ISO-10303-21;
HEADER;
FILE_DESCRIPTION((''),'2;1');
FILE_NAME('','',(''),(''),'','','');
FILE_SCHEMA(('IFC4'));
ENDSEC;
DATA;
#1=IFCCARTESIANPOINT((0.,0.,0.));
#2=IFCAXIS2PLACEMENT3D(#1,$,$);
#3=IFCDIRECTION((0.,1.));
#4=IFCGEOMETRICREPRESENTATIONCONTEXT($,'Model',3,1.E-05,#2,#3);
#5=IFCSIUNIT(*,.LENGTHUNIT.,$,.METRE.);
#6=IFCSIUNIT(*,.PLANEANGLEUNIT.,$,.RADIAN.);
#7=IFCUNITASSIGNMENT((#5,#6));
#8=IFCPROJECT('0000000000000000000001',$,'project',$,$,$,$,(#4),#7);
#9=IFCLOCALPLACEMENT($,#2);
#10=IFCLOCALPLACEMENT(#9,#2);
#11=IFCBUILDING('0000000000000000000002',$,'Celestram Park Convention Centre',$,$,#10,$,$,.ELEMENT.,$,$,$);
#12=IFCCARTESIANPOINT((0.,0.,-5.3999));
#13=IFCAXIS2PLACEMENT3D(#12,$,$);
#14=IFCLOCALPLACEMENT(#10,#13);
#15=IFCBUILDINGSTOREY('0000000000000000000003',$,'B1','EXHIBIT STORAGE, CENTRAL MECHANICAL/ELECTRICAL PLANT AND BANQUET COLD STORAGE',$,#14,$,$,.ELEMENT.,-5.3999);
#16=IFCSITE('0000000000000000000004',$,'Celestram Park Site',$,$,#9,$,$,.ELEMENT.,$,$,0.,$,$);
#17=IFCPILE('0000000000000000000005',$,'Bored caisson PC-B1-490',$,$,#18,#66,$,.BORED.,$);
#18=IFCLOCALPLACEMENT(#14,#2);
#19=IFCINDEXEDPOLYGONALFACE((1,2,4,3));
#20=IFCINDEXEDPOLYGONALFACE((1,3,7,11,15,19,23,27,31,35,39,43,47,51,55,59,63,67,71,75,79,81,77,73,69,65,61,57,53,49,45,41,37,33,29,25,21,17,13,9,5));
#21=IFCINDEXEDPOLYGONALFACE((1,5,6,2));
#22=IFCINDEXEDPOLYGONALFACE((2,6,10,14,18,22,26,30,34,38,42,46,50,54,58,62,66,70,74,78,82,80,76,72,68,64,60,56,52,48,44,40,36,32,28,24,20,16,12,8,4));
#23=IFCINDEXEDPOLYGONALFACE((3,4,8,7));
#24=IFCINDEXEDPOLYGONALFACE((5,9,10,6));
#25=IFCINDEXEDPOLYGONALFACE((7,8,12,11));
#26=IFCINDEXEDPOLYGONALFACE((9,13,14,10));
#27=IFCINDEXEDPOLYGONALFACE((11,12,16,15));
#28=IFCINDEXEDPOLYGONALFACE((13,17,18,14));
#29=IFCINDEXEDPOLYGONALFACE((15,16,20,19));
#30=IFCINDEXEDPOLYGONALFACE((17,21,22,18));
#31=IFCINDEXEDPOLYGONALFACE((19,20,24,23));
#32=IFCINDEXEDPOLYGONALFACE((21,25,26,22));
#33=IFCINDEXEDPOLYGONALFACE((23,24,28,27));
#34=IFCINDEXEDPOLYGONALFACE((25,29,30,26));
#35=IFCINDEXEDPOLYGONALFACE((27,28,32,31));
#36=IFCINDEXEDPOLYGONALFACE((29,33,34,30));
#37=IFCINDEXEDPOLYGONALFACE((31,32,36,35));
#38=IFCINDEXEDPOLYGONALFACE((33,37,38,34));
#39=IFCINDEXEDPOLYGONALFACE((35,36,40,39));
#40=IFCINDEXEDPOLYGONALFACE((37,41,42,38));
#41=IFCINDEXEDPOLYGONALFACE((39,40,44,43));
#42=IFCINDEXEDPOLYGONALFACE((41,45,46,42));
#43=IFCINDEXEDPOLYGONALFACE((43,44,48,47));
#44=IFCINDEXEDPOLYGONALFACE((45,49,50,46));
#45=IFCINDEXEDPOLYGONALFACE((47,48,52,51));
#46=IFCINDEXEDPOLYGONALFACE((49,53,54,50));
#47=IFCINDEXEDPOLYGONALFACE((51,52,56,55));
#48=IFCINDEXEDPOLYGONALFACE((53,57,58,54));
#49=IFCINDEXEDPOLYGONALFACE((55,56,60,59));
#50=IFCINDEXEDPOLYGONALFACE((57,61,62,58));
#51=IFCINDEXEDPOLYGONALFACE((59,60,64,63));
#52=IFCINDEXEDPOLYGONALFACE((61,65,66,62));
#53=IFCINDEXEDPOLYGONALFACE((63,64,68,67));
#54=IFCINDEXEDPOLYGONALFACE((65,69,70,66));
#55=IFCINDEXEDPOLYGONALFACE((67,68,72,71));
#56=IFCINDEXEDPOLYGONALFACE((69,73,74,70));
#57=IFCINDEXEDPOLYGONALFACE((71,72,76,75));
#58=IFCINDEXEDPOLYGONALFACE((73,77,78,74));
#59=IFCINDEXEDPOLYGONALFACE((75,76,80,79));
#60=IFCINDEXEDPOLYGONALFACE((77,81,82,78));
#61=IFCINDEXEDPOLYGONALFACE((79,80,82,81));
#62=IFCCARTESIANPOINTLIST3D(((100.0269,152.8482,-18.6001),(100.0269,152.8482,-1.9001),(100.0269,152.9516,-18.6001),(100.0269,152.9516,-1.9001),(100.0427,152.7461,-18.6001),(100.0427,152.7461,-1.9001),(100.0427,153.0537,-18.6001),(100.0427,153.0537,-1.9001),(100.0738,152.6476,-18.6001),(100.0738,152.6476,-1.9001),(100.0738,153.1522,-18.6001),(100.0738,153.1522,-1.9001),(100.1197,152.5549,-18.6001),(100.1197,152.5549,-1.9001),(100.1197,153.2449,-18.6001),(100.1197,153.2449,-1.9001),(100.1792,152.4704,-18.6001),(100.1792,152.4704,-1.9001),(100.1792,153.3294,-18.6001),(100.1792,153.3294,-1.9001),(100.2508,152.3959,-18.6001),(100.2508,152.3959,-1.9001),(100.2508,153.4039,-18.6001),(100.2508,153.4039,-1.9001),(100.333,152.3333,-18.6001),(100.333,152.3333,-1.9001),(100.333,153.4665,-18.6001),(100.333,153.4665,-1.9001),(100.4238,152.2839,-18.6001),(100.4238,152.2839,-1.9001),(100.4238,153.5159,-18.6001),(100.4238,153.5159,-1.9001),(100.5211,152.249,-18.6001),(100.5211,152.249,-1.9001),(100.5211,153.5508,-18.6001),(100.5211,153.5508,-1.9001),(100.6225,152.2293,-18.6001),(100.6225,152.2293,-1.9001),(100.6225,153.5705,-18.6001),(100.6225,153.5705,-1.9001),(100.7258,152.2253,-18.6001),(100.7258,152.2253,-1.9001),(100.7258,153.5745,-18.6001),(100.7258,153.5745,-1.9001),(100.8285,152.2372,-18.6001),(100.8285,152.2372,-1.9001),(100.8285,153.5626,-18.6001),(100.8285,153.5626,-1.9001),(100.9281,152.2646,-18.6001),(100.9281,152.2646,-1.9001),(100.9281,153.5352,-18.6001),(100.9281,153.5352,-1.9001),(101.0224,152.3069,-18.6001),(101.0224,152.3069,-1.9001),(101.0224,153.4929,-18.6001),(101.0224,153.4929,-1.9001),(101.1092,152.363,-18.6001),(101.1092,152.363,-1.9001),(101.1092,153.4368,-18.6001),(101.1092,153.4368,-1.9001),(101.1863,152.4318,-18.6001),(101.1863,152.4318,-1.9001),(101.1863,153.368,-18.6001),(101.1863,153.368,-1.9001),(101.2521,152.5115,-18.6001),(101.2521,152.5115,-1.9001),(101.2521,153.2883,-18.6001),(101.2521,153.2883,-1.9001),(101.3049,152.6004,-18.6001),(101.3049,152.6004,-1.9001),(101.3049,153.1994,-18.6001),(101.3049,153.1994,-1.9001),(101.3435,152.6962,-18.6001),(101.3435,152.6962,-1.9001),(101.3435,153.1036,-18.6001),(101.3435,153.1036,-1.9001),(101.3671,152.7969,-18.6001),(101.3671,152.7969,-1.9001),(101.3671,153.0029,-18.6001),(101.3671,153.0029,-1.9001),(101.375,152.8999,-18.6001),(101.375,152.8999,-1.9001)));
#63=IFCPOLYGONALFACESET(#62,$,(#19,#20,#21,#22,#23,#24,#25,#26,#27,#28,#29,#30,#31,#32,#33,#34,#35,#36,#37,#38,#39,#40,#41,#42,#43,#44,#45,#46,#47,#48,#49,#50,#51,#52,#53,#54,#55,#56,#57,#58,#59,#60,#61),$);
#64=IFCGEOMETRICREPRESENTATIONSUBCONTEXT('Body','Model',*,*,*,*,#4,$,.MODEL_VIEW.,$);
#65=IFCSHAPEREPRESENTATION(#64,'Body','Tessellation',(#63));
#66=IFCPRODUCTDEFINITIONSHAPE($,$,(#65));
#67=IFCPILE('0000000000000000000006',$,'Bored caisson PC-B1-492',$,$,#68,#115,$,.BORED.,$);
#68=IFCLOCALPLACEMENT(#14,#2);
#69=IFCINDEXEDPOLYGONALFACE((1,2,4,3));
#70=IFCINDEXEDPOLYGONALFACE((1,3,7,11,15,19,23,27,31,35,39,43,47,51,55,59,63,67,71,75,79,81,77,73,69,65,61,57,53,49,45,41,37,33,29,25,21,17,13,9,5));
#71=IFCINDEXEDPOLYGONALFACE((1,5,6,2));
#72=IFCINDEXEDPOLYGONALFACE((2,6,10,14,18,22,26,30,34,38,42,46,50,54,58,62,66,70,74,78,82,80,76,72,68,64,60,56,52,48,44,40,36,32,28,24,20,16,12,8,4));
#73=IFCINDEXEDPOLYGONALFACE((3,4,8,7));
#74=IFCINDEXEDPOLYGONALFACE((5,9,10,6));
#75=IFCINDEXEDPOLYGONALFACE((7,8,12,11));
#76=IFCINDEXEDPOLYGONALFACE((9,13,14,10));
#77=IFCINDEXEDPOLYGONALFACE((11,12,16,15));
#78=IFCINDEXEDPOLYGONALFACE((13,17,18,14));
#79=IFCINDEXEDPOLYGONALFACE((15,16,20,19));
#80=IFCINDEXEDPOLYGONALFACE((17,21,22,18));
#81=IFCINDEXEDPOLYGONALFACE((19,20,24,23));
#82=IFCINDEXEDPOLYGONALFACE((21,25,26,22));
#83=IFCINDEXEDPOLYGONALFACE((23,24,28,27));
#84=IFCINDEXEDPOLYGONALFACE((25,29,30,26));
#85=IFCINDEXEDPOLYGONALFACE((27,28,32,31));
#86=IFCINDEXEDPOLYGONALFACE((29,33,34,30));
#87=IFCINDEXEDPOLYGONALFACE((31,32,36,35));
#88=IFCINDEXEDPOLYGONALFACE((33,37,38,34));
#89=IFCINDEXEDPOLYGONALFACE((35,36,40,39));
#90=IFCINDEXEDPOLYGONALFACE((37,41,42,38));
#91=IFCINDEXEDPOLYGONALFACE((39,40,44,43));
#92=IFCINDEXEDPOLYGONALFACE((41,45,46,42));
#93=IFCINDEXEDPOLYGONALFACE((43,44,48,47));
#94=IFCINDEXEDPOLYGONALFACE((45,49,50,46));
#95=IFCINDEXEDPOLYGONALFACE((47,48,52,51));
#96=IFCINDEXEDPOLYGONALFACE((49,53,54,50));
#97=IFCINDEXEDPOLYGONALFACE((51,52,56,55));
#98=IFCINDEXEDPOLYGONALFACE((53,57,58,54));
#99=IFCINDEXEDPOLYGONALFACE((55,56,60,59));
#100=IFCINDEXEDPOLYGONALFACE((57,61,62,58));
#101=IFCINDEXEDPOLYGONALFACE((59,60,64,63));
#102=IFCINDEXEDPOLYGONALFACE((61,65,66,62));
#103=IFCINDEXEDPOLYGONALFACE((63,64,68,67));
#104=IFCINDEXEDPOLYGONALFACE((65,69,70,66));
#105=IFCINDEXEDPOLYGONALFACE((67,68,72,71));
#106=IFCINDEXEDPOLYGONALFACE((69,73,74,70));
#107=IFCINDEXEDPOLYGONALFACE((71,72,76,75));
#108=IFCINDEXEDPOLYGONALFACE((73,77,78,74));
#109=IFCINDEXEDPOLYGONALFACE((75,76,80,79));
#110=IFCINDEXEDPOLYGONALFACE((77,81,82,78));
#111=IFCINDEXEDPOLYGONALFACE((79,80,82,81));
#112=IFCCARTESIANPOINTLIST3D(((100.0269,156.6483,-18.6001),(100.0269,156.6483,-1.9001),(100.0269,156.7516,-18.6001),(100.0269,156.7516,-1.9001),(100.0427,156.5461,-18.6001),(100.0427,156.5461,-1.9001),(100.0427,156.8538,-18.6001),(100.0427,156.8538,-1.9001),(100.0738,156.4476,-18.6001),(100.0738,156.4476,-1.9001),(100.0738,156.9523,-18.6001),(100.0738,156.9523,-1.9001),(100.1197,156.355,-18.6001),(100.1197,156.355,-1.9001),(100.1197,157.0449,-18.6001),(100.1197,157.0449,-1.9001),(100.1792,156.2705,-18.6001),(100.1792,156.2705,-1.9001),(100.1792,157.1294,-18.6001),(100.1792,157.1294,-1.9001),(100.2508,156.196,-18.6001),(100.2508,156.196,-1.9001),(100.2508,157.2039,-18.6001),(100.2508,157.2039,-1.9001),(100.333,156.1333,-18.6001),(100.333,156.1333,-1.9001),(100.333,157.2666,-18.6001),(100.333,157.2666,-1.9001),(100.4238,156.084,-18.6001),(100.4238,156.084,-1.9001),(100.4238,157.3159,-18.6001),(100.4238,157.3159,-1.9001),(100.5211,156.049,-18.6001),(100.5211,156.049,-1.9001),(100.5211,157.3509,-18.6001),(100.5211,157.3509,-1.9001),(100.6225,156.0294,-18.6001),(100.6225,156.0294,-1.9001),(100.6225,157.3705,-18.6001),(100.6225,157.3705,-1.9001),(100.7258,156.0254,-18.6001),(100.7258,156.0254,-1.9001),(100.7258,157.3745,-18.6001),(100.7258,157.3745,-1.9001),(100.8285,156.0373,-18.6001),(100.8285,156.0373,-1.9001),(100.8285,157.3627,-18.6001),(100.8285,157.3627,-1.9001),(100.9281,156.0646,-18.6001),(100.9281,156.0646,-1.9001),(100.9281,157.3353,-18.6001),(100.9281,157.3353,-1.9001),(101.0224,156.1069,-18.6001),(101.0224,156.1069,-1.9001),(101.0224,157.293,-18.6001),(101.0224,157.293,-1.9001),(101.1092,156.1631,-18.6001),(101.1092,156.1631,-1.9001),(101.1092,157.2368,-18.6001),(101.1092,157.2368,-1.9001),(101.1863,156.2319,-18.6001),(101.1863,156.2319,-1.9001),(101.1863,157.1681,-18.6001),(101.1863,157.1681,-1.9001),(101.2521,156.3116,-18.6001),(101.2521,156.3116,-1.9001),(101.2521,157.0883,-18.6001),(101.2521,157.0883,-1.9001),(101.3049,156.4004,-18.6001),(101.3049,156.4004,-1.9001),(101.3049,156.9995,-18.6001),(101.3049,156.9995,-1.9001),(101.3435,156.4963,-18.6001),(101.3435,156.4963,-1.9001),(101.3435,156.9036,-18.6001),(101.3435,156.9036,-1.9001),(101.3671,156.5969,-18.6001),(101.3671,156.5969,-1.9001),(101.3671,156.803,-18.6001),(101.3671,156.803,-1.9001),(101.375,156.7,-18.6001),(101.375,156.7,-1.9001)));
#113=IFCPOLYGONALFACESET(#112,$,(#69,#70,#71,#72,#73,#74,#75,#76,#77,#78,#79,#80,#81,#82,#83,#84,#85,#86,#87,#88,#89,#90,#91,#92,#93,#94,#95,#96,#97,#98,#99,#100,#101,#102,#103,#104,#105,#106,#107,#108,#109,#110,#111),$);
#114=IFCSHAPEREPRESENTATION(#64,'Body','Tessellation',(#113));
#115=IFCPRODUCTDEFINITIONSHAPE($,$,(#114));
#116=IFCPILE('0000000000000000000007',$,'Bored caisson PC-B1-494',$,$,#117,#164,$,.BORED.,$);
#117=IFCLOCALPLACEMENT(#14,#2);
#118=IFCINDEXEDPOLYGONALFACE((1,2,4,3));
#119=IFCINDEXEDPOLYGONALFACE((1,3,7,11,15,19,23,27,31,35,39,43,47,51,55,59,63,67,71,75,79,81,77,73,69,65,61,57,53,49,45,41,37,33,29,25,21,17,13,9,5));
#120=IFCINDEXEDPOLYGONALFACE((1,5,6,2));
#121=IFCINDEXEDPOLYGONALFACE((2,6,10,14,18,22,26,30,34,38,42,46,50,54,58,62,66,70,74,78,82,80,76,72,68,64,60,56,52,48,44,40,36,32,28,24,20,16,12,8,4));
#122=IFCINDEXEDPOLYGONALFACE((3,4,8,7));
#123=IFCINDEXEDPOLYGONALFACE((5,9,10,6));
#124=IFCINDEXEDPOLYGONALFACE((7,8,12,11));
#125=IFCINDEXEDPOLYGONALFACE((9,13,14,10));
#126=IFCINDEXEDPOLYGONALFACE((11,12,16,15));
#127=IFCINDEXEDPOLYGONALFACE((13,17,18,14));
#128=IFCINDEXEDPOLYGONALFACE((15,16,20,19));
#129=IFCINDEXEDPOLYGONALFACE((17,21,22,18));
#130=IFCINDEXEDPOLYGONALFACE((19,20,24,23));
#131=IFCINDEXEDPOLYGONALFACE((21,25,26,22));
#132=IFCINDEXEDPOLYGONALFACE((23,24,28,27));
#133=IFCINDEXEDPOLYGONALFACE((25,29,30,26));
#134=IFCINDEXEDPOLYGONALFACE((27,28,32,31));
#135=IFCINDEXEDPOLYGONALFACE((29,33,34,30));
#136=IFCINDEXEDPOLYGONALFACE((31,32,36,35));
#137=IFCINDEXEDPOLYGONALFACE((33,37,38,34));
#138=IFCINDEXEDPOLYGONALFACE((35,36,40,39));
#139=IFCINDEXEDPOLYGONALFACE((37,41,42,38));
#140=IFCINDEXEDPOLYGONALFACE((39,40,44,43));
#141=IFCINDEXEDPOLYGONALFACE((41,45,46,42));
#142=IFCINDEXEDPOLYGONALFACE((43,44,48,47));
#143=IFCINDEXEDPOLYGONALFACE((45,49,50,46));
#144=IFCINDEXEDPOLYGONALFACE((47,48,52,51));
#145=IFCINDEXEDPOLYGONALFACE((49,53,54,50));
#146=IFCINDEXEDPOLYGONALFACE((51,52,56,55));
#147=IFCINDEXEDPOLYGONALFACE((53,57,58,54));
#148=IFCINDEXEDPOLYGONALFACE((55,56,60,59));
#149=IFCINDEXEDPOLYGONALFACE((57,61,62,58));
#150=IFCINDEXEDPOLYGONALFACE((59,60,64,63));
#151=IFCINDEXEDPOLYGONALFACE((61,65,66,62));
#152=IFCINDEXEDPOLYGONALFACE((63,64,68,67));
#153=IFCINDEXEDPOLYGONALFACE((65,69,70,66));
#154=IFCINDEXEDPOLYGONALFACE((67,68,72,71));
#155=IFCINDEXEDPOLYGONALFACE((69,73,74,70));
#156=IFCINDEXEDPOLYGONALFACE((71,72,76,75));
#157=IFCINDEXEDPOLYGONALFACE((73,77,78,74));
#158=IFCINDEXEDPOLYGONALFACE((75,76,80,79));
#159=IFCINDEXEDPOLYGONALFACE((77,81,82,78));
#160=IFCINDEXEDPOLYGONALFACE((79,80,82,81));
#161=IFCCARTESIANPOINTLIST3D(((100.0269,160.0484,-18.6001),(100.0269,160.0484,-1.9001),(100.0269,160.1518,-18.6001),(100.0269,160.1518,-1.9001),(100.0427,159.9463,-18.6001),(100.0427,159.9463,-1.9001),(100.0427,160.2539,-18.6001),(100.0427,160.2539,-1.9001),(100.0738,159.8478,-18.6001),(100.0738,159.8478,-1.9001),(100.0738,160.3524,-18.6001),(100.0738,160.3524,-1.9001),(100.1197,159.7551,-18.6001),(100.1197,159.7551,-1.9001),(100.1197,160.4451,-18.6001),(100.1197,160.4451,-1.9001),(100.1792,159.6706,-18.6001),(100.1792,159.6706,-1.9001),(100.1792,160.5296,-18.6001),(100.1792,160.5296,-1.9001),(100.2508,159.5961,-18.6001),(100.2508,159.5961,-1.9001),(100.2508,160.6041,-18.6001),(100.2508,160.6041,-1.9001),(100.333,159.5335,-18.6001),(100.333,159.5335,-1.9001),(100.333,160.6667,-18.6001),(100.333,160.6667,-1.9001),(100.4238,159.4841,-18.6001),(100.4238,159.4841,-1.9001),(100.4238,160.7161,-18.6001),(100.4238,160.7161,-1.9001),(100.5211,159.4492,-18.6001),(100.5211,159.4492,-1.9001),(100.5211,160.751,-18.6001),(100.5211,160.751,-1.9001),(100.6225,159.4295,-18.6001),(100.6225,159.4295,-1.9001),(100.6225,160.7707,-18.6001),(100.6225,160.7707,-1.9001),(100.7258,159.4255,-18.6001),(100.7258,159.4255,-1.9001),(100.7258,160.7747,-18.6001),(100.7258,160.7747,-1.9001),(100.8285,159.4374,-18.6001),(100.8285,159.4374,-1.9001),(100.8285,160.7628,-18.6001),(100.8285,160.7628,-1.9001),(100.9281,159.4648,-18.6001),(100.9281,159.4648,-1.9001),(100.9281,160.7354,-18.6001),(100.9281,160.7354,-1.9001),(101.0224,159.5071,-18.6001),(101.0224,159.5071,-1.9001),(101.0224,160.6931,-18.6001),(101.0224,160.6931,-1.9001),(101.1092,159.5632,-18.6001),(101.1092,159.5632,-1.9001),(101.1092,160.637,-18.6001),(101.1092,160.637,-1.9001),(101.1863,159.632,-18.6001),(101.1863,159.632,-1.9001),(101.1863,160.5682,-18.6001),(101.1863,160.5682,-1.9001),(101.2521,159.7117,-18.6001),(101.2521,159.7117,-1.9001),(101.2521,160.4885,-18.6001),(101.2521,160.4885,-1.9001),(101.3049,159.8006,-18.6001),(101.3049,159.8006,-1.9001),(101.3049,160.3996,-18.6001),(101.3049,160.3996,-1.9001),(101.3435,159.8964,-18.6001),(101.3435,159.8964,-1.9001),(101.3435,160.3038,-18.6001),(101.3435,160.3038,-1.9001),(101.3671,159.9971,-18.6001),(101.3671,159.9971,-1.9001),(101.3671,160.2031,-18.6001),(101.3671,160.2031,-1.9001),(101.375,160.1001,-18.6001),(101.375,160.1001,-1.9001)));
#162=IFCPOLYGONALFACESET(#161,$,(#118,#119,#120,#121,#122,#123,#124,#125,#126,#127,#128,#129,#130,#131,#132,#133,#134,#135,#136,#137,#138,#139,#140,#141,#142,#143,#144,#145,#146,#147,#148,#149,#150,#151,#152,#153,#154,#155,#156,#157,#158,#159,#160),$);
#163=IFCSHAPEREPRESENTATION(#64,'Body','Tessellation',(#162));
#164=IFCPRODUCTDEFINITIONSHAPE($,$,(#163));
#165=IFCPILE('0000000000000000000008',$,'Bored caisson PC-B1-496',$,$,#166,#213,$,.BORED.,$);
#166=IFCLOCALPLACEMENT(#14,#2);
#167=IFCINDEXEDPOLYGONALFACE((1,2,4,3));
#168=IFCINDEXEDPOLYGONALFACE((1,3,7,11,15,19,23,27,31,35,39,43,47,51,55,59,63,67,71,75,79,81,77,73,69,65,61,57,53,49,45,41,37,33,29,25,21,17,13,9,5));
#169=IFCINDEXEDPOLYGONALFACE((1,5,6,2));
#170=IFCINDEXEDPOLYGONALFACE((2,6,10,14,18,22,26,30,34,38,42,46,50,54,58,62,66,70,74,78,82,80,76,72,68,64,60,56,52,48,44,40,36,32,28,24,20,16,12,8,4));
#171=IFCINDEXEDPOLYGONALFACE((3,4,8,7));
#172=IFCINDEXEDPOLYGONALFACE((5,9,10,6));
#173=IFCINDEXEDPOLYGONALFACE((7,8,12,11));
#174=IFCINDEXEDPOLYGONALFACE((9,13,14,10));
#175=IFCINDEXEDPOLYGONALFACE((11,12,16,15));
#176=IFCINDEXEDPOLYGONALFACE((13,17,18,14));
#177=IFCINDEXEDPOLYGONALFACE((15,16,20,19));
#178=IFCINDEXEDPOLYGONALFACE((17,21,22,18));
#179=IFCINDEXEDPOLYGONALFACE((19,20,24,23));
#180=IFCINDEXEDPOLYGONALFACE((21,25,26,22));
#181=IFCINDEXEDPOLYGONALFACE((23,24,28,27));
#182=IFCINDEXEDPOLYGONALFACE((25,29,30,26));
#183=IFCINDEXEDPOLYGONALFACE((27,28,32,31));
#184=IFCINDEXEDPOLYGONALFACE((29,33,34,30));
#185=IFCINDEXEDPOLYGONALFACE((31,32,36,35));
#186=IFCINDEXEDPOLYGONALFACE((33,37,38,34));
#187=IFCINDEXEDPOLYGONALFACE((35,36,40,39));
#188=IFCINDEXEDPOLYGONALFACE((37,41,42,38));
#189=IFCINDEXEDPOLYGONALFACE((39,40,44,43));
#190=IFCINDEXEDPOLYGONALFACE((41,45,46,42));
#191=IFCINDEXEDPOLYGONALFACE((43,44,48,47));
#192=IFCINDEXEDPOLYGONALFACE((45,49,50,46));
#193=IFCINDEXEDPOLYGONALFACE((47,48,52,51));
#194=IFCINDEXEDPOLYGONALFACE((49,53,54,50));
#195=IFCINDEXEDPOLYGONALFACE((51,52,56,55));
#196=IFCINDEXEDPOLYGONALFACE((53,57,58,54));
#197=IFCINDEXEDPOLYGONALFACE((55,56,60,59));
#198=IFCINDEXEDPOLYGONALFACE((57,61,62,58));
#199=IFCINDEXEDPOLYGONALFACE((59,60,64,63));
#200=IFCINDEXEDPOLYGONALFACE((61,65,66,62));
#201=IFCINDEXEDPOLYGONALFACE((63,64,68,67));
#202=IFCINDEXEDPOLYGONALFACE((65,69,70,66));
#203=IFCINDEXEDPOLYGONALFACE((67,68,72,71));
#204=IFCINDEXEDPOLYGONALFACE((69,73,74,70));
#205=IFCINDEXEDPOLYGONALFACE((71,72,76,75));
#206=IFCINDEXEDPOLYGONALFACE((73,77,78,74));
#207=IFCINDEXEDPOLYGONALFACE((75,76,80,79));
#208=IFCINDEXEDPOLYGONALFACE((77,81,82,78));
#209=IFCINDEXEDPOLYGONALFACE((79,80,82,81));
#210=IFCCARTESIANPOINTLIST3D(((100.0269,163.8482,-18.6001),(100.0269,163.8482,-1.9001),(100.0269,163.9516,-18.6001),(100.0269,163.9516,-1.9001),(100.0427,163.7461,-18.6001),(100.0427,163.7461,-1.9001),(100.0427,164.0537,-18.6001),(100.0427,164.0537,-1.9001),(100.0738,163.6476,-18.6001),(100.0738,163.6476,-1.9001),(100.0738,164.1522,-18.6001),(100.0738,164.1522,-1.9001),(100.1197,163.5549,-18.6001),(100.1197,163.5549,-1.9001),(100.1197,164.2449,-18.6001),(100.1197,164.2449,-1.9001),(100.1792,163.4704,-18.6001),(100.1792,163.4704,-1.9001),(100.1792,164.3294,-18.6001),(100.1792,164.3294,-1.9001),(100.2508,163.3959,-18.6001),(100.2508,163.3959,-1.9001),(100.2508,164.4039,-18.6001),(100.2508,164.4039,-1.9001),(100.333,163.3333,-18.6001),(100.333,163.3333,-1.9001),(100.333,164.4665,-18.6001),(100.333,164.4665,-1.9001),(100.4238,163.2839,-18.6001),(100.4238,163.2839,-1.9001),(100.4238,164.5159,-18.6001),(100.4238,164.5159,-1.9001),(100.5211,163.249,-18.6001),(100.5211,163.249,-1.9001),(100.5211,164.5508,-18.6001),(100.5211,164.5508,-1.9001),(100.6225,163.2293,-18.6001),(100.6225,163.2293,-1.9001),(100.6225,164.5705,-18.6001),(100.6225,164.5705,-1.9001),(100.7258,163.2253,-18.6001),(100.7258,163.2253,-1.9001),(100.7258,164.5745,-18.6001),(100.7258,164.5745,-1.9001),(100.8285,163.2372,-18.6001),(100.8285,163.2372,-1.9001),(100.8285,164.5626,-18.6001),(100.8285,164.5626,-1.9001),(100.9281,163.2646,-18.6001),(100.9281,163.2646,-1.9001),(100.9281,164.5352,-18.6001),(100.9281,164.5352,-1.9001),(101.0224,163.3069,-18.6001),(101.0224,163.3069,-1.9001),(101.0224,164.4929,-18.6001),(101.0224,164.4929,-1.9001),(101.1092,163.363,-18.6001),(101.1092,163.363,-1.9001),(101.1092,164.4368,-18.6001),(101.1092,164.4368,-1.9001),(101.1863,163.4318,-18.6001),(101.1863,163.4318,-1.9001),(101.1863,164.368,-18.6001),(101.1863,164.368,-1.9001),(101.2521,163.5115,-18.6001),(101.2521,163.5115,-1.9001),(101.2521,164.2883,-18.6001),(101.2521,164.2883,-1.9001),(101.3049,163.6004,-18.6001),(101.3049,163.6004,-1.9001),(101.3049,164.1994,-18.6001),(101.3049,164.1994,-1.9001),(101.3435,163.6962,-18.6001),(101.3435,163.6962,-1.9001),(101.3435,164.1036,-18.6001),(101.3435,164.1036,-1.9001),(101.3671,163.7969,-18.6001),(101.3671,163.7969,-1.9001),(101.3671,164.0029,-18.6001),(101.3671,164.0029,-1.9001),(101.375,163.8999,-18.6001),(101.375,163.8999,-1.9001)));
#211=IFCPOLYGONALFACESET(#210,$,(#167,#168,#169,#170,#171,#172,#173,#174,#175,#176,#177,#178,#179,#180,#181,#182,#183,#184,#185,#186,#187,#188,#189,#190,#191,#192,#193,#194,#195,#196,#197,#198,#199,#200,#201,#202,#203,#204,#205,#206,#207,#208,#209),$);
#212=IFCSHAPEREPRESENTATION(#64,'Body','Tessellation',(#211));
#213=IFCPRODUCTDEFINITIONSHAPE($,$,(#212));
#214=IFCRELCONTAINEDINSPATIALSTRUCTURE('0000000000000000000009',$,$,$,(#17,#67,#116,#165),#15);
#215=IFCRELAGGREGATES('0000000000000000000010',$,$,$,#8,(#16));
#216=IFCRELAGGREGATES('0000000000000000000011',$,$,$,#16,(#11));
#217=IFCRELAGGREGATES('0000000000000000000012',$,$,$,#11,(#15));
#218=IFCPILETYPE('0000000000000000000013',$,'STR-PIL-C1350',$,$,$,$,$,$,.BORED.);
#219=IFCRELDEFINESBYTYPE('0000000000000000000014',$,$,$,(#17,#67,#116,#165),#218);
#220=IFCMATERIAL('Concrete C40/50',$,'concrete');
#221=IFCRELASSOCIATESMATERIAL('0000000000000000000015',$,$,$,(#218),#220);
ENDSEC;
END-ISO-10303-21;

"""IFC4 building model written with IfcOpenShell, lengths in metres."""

from ifc_helpers import new_model, si_unit, direction, frame, origin, origin_2d, place, context, subcontext, project, spatial, circle, extrude, material, material_profile, profile_set, type_object, element, save


model = new_model("IFC4")

# Units and contexts
model_context = context("Model", 3, precision=1e-05, world=origin(), true_north=direction((0.0, 1.0)))
body_context = subcontext(model_context, "Body", "Model", "MODEL_VIEW")
ifc_project = project(units=[si_unit("LENGTHUNIT", "METRE"), si_unit("PLANEANGLEUNIT", "RADIAN")], contexts=[model_context])

# Site, building, storey
site_placement = place(None, origin())
site = spatial("IfcSite", under=ifc_project, at=site_placement, Name="Celestram Park Site", CompositionType="ELEMENT", RefElevation=0.0)
building_placement = place(site_placement, origin())
building = spatial("IfcBuilding", under=site, at=building_placement, Name="Celestram Park Convention Centre", CompositionType="ELEMENT")
storey_placement = place(building_placement, frame((0.0, 0.0, -5.3999)))
storey = spatial("IfcBuildingStorey", under=building, at=storey_placement, Name="B1", Description="EXHIBIT STORAGE, CENTRAL MECHANICAL/ELECTRICAL PLANT AND BANQUET COLD STORAGE", CompositionType="ELEMENT", Elevation=-5.3999)

# Shared definitions
ifc_material_1 = material(Name="Concrete C40/50", Category="concrete")

# Piles
ifc_material_profile_1 = material_profile(ifc_material_1, circle(Radius=0.675, at=origin_2d()), Name="CAISSON1350")
ifc_profile_set_1 = profile_set([ifc_material_profile_1], Name="Concrete C40/50")
pile_type_1 = type_object("IfcPileType", Name="STR-PIL-C1350", PredefinedType="BORED", material=ifc_profile_set_1)
for number, where, z_axis, x_axis, name in (
    (1, (100.7, 152.8999, -1.9001), (0.0, 0.0, -1.0), (1.0, 0.0, 0.0), "Bored caisson PC-B1-490"),
    (2, (100.7, 156.7, -1.9001), (0.0, 0.0, -1.0), (1.0, 0.0, 0.0), "Bored caisson PC-B1-492"),
    (3, (100.7, 160.1001, -1.9001), (0.0, 0.0, -1.0), (1.0, 0.0, 0.0), "Bored caisson PC-B1-494"),
    (4, (100.7, 163.8999, -1.9001), (0.0, 0.0, -1.0), (1.0, 0.0, 0.0), "Bored caisson PC-B1-496"),
):
    element("IfcPile", number, at=place(storey_placement, frame(where, z_axis=z_axis, x_axis=x_axis)), inside=storey, type_object=pile_type_1, Name=name, PredefinedType="BORED", context=body_context, shape_type="SweptSolid", body=[
        extrude(circle(Radius=0.675, at=origin_2d()), origin(), (0.0, 0.0, 1.0), 16.7),
    ])

save(model, "model.ifc")
